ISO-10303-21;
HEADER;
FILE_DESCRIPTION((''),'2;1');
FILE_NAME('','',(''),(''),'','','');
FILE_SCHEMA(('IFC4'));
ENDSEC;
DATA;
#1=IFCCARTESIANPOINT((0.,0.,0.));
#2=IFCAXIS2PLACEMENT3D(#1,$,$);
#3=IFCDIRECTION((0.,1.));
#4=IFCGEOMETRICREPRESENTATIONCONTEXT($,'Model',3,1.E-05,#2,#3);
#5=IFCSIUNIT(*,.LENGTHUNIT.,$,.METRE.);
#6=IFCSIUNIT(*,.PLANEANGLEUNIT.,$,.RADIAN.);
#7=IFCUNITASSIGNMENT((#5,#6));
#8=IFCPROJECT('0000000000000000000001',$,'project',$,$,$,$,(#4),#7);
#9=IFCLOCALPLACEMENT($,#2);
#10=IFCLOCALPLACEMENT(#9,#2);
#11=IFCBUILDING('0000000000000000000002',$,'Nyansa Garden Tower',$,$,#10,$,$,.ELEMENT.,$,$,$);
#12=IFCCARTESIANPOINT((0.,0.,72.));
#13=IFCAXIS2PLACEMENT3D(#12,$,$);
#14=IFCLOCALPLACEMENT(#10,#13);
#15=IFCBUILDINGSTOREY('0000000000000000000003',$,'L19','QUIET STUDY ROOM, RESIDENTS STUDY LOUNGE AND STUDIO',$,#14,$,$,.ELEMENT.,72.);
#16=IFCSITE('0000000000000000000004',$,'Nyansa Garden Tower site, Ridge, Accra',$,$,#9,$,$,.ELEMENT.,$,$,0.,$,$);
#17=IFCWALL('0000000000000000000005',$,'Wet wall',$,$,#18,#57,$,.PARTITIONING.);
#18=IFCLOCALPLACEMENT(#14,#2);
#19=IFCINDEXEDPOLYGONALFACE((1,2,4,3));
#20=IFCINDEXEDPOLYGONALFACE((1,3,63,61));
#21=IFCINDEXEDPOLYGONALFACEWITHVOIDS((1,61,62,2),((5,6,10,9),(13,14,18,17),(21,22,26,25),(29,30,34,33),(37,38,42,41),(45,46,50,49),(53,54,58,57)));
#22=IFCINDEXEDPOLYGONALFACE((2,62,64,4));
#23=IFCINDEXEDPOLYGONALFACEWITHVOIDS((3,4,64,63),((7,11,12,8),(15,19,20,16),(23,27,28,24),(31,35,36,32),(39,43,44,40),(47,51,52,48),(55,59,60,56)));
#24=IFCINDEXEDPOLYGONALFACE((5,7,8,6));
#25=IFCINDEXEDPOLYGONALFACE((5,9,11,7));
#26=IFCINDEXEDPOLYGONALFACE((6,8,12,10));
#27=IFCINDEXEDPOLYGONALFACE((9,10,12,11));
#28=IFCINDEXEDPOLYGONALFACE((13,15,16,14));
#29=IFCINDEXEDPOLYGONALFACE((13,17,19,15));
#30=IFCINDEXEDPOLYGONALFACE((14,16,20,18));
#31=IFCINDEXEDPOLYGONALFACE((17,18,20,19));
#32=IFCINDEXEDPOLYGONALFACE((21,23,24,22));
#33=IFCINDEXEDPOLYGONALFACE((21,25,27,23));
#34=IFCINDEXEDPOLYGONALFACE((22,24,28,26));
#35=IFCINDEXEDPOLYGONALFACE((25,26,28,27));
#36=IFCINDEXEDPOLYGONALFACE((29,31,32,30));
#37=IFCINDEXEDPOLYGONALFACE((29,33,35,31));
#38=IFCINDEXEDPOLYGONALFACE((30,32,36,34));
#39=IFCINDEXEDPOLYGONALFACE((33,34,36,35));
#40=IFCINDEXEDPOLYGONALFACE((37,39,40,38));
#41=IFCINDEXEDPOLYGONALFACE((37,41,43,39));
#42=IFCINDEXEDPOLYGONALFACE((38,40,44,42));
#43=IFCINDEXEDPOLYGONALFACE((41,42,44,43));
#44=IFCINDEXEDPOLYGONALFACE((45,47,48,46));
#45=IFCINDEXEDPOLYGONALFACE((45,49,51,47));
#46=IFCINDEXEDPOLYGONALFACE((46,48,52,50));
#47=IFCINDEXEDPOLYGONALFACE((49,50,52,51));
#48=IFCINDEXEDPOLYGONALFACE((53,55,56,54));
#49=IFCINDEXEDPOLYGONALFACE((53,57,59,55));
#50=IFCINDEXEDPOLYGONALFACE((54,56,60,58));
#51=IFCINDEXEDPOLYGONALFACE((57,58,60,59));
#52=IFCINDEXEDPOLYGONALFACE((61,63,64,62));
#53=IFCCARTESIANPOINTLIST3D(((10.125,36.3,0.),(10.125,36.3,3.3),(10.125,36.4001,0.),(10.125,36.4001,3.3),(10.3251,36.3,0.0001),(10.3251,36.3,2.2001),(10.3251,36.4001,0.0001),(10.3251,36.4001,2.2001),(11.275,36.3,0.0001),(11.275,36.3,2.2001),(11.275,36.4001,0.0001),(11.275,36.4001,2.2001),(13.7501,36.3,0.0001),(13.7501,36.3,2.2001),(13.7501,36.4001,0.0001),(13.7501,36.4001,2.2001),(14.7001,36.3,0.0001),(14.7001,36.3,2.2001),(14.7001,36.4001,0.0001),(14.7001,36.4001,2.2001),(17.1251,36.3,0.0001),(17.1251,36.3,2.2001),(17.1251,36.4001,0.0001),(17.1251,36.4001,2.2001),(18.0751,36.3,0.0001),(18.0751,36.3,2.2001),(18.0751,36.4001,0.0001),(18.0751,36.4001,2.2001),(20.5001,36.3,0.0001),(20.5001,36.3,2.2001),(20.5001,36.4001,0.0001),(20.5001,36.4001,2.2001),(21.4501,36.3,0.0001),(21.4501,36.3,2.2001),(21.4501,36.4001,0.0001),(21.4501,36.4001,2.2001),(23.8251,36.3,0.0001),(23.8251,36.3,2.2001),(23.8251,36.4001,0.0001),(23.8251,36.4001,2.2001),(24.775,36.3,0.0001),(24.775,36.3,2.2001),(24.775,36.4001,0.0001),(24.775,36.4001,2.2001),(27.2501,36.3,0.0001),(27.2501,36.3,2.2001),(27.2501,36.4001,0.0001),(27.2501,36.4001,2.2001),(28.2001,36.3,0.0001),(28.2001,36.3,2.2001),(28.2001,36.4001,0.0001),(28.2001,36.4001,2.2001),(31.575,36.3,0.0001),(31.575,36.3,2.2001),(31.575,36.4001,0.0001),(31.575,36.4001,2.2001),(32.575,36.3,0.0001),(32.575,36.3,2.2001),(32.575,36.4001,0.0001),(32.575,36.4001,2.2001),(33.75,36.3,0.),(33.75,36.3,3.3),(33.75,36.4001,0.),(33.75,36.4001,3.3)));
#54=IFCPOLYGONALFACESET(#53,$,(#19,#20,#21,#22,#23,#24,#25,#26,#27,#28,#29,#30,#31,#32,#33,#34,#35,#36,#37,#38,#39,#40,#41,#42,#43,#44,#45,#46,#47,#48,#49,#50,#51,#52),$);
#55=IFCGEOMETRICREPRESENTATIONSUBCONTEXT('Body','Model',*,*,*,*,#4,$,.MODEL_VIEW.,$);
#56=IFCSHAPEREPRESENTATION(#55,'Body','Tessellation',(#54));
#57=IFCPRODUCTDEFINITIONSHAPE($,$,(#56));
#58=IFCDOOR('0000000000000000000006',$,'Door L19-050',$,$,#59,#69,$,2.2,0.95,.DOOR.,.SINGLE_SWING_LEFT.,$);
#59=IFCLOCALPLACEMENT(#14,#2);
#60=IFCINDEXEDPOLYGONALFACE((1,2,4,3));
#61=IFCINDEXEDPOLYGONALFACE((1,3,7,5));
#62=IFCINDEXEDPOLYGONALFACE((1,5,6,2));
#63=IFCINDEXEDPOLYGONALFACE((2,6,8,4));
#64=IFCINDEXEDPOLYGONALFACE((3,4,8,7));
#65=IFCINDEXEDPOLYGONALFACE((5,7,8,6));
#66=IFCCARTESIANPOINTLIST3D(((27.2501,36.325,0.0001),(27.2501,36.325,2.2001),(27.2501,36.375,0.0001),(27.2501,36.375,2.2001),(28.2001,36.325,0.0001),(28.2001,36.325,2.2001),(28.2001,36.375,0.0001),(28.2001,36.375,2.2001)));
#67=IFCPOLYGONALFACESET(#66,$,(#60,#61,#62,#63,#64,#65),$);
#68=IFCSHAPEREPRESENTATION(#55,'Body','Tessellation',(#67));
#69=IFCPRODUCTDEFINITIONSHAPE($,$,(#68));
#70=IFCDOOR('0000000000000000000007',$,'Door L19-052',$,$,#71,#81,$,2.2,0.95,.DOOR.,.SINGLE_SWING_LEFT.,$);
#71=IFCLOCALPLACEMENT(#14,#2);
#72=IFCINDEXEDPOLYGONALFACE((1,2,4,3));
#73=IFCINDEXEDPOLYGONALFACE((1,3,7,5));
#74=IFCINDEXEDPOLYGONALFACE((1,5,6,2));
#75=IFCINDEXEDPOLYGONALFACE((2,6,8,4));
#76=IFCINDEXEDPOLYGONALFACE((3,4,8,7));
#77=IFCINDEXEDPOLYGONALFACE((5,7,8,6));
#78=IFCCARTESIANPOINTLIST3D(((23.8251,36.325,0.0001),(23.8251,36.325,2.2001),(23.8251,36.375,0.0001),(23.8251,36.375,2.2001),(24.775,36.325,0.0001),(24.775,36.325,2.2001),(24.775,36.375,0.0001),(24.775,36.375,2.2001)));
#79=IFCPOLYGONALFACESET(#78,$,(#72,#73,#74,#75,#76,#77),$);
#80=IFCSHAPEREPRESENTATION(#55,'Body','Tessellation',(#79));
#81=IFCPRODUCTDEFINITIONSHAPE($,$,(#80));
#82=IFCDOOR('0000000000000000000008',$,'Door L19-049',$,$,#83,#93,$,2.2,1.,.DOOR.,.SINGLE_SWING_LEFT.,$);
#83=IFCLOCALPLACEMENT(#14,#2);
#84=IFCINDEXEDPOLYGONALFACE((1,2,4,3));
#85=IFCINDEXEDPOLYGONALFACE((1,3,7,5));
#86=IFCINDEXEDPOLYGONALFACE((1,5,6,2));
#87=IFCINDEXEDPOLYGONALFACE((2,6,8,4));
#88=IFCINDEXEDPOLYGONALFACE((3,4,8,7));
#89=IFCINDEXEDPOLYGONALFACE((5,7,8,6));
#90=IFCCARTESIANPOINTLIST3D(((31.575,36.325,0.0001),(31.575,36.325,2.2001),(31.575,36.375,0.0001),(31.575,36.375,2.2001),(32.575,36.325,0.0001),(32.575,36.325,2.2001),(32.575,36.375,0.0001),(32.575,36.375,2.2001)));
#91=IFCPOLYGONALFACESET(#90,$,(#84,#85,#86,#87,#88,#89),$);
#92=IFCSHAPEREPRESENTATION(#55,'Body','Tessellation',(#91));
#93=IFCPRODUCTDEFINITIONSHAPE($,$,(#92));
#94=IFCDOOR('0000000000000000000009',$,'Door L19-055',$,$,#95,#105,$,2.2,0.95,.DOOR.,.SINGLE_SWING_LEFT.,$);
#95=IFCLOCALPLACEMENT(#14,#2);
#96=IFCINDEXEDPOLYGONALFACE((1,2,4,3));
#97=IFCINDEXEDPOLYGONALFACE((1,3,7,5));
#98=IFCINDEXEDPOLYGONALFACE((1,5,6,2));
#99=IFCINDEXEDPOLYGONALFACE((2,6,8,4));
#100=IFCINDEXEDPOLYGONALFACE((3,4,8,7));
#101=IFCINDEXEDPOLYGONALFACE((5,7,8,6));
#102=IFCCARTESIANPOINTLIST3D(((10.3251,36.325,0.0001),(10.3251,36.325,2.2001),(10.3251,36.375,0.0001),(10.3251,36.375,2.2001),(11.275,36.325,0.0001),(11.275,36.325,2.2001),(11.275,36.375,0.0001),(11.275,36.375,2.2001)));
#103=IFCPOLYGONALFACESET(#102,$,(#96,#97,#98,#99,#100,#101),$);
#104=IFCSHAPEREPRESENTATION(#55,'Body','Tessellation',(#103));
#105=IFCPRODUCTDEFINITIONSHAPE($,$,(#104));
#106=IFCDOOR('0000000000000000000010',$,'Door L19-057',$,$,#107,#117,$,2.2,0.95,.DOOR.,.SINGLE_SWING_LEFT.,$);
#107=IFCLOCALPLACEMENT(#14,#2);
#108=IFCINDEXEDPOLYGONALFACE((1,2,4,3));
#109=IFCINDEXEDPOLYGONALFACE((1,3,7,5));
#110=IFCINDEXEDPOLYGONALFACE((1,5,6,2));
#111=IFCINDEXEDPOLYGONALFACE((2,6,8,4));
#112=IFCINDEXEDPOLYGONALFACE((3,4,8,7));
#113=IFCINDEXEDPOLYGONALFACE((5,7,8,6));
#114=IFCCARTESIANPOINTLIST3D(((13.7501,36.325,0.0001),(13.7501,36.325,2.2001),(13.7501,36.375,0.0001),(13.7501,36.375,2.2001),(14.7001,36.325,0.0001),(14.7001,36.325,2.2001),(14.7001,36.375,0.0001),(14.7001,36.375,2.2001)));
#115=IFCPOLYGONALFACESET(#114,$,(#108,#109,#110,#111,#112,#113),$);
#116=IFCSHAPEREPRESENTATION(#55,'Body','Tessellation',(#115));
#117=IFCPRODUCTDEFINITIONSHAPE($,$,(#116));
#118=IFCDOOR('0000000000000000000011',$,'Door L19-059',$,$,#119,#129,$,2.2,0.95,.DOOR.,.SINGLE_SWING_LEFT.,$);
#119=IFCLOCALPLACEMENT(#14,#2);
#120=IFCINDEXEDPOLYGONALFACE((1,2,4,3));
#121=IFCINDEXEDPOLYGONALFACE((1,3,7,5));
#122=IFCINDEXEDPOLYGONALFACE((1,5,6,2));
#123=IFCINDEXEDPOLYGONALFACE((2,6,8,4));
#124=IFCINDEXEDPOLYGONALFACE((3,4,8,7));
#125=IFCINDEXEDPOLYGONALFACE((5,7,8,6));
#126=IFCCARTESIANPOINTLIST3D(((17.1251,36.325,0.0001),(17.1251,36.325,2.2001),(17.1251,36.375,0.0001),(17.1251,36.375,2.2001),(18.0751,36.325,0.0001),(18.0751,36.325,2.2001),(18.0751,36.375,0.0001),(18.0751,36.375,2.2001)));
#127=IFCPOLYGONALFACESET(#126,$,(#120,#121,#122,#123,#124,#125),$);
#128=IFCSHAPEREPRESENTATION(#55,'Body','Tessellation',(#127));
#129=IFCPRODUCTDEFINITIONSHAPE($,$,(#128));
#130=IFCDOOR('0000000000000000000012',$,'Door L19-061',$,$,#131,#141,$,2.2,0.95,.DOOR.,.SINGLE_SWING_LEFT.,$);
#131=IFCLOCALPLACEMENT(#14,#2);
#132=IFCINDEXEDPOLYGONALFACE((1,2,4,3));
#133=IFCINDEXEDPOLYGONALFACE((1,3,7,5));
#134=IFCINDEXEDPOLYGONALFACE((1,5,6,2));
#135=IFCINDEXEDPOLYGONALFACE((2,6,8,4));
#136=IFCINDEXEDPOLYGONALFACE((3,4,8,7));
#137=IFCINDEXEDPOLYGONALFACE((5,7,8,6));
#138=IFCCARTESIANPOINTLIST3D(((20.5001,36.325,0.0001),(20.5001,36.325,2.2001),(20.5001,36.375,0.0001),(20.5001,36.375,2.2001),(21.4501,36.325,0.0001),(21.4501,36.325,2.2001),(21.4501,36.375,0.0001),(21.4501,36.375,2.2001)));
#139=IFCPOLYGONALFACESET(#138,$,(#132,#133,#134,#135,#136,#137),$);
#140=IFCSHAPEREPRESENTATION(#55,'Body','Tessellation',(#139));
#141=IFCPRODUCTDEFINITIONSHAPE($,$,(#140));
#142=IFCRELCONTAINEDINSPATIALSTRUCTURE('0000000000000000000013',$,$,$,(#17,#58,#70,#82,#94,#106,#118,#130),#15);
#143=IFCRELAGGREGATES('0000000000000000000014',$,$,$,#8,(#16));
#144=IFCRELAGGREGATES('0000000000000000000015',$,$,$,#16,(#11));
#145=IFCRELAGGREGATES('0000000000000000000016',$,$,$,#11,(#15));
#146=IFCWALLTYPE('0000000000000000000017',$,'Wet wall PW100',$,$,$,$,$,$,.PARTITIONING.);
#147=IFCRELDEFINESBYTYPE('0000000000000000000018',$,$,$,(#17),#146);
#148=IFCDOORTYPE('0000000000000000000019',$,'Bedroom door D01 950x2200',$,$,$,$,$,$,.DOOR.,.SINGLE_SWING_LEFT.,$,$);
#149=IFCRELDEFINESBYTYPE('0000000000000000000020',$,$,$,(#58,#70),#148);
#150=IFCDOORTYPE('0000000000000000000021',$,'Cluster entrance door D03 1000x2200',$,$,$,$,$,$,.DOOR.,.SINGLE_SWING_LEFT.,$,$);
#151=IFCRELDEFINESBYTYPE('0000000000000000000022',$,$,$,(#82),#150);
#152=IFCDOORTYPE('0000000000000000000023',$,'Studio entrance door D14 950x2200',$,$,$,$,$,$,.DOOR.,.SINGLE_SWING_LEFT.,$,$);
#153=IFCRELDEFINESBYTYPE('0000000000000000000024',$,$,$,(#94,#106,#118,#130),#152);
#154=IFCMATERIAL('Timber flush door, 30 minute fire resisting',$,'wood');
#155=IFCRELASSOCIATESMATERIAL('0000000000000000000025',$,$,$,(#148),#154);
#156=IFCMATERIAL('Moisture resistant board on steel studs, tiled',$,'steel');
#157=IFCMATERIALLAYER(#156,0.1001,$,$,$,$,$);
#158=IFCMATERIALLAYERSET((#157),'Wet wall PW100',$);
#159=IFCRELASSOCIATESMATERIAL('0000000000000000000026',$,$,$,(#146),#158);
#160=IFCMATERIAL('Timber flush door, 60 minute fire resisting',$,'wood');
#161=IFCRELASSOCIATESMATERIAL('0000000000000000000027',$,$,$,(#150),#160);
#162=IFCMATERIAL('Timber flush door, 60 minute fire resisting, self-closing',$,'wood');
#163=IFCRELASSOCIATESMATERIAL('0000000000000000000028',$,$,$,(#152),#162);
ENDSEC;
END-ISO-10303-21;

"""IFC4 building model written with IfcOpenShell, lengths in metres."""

from ifc_helpers import new_model, si_unit, direction, frame, frame_2d, origin, place, context, subcontext, project, spatial, rectangle, extrude, material, layer, layer_set, type_object, element, fill, save


model = new_model("IFC4")

# Units and contexts
model_context = context("Model", 3, precision=1e-05, world=origin(), true_north=direction((0.0, 1.0)))
body_context = subcontext(model_context, "Body", "Model", "MODEL_VIEW")
ifc_project = project(units=[si_unit("LENGTHUNIT", "METRE"), si_unit("PLANEANGLEUNIT", "RADIAN")], contexts=[model_context])

# Site, building, storey
site_placement = place(None, origin())
site = spatial("IfcSite", under=ifc_project, at=site_placement, Name="Nyansa Garden Tower site, Ridge, Accra", CompositionType="ELEMENT", RefElevation=0.0)
building_placement = place(site_placement, origin())
building = spatial("IfcBuilding", under=site, at=building_placement, Name="Nyansa Garden Tower", CompositionType="ELEMENT")
storey_placement = place(building_placement, frame((0.0, 0.0, 72.0)))
storey = spatial("IfcBuildingStorey", under=building, at=storey_placement, Name="L19", Description="QUIET STUDY ROOM, RESIDENTS STUDY LOUNGE AND STUDIO", CompositionType="ELEMENT", Elevation=72.0)

# Shared definitions
ifc_material_1 = material(Name="Timber flush door, 30 minute fire resisting", Category="wood")
door_type_1 = type_object("IfcDoorType", Name="Bedroom door D01 950x2200", OperationType="SINGLE_SWING_LEFT", PredefinedType="DOOR", material=ifc_material_1)

# Wall, openings, doors
ifc_material_2 = material(Name="Moisture resistant board on steel studs, tiled", Category="steel")
ifc_layer_1 = layer(ifc_material_2, 0.1001)
ifc_layer_set_1 = layer_set([ifc_layer_1], Name="Wet wall PW100")
wall_type_1 = type_object("IfcWallType", Name="Wet wall PW100", PredefinedType="PARTITIONING", material=ifc_layer_set_1)
wall_1_placement = place(storey_placement, frame((10.125, 36.3501, 0.0), z_axis=(0.0, 0.0, 1.0), x_axis=(1.0, 0.0, 0.0)))
wall_1 = element("IfcWall", 1, at=wall_1_placement, inside=storey, type_object=wall_type_1, Name="Wet wall", PredefinedType="PARTITIONING", context=body_context, shape_type="SweptSolid", body=[
    extrude(rectangle(XDim=23.625, YDim=0.1001, at=frame_2d((11.8125, 0.0))), origin(), (0.0, 0.0, 1.0), 3.3),
])
opening_1_placement = place(wall_1_placement, frame((21.45, 0.0, 0.0)))
opening_1 = element("IfcOpeningElement", 2, at=opening_1_placement, cuts=wall_1, PredefinedType="OPENING", context=body_context, shape_type="SweptSolid", body=[
    extrude(rectangle(XDim=1.0, YDim=2.2, at=frame_2d((0.5, 1.1001))), frame((0.0, 0.0601, 0.0), z_axis=(0.0, -1.0, 0.0), x_axis=(1.0, 0.0, 0.0)), (0.0, 0.0, 1.0), 0.1201),
])
opening_2_placement = place(wall_1_placement, frame((17.125, 0.0, 0.0)))
opening_2 = element("IfcOpeningElement", 3, at=opening_2_placement, cuts=wall_1, PredefinedType="OPENING", context=body_context, shape_type="SweptSolid", body=[
    extrude(rectangle(XDim=0.95, YDim=2.2, at=frame_2d((0.4751, 1.1001))), frame((0.0, 0.0601, 0.0), z_axis=(0.0, -1.0, 0.0), x_axis=(1.0, 0.0, 0.0)), (0.0, 0.0, 1.0), 0.1201),
])
opening_3_placement = place(wall_1_placement, frame((13.7, 0.0, 0.0)))
opening_3 = element("IfcOpeningElement", 4, at=opening_3_placement, cuts=wall_1, PredefinedType="OPENING", context=body_context, shape_type="SweptSolid", body=[
    extrude(rectangle(XDim=0.95, YDim=2.2, at=frame_2d((0.4751, 1.1001))), frame((0.0, 0.0601, 0.0), z_axis=(0.0, -1.0, 0.0), x_axis=(1.0, 0.0, 0.0)), (0.0, 0.0, 1.0), 0.1201),
])
opening_4_placement = place(wall_1_placement, frame((0.2, 0.0, 0.0)))
opening_4 = element("IfcOpeningElement", 5, at=opening_4_placement, cuts=wall_1, PredefinedType="OPENING", context=body_context, shape_type="SweptSolid", body=[
    extrude(rectangle(XDim=0.95, YDim=2.2, at=frame_2d((0.4751, 1.1001))), frame((0.0, 0.0601, 0.0), z_axis=(0.0, -1.0, 0.0), x_axis=(1.0, 0.0, 0.0)), (0.0, 0.0, 1.0), 0.1201),
])
opening_5_placement = place(wall_1_placement, frame((3.625, 0.0, 0.0)))
opening_5 = element("IfcOpeningElement", 6, at=opening_5_placement, cuts=wall_1, PredefinedType="OPENING", context=body_context, shape_type="SweptSolid", body=[
    extrude(rectangle(XDim=0.95, YDim=2.2, at=frame_2d((0.4751, 1.1001))), frame((0.0, 0.0601, 0.0), z_axis=(0.0, -1.0, 0.0), x_axis=(1.0, 0.0, 0.0)), (0.0, 0.0, 1.0), 0.1201),
])
opening_6_placement = place(wall_1_placement, frame((7.0, 0.0, 0.0)))
opening_6 = element("IfcOpeningElement", 7, at=opening_6_placement, cuts=wall_1, PredefinedType="OPENING", context=body_context, shape_type="SweptSolid", body=[
    extrude(rectangle(XDim=0.95, YDim=2.2, at=frame_2d((0.4751, 1.1001))), frame((0.0, 0.0601, 0.0), z_axis=(0.0, -1.0, 0.0), x_axis=(1.0, 0.0, 0.0)), (0.0, 0.0, 1.0), 0.1201),
])
opening_7_placement = place(wall_1_placement, frame((10.375, 0.0, 0.0)))
opening_7 = element("IfcOpeningElement", 8, at=opening_7_placement, cuts=wall_1, PredefinedType="OPENING", context=body_context, shape_type="SweptSolid", body=[
    extrude(rectangle(XDim=0.95, YDim=2.2, at=frame_2d((0.4751, 1.1001))), frame((0.0, 0.0601, 0.0), z_axis=(0.0, -1.0, 0.0), x_axis=(1.0, 0.0, 0.0)), (0.0, 0.0, 1.0), 0.1201),
])
door_1_placement = place(opening_2_placement, origin())
door_1 = element("IfcDoor", 9, at=door_1_placement, inside=storey, type_object=door_type_1, Name="Door L19-050", OperationType="SINGLE_SWING_LEFT", OverallHeight=2.2, OverallWidth=0.95, PredefinedType="DOOR", context=body_context, shape_type="SweptSolid", body=[
    extrude(rectangle(XDim=0.95, YDim=2.2, at=frame_2d((0.4751, 1.1001))), frame((0.0, 0.0249, 0.0), z_axis=(0.0, -1.0, 0.0), x_axis=(1.0, 0.0, 0.0)), (0.0, 0.0, 1.0), 0.05),
])
fill(opening_2, door_1)
door_2_placement = place(opening_3_placement, origin())
door_2 = element("IfcDoor", 10, at=door_2_placement, inside=storey, type_object=door_type_1, Name="Door L19-052", OperationType="SINGLE_SWING_LEFT", OverallHeight=2.2, OverallWidth=0.95, PredefinedType="DOOR", context=body_context, shape_type="SweptSolid", body=[
    extrude(rectangle(XDim=0.95, YDim=2.2, at=frame_2d((0.4751, 1.1001))), frame((0.0, 0.0249, 0.0), z_axis=(0.0, -1.0, 0.0), x_axis=(1.0, 0.0, 0.0)), (0.0, 0.0, 1.0), 0.05),
])
fill(opening_3, door_2)
ifc_material_3 = material(Name="Timber flush door, 60 minute fire resisting", Category="wood")
door_type_2 = type_object("IfcDoorType", Name="Cluster entrance door D03 1000x2200", OperationType="SINGLE_SWING_LEFT", PredefinedType="DOOR", material=ifc_material_3)
door_3_placement = place(opening_1_placement, origin())
door_3 = element("IfcDoor", 11, at=door_3_placement, inside=storey, type_object=door_type_2, Name="Door L19-049", OperationType="SINGLE_SWING_LEFT", OverallHeight=2.2, OverallWidth=1.0, PredefinedType="DOOR", context=body_context, shape_type="SweptSolid", body=[
    extrude(rectangle(XDim=1.0, YDim=2.2, at=frame_2d((0.5, 1.1001))), frame((0.0, 0.0249, 0.0), z_axis=(0.0, -1.0, 0.0), x_axis=(1.0, 0.0, 0.0)), (0.0, 0.0, 1.0), 0.05),
])
fill(opening_1, door_3)
ifc_material_4 = material(Name="Timber flush door, 60 minute fire resisting, self-closing", Category="wood")
door_type_3 = type_object("IfcDoorType", Name="Studio entrance door D14 950x2200", OperationType="SINGLE_SWING_LEFT", PredefinedType="DOOR", material=ifc_material_4)
door_4_placement = place(opening_4_placement, origin())
door_4 = element("IfcDoor", 12, at=door_4_placement, inside=storey, type_object=door_type_3, Name="Door L19-055", OperationType="SINGLE_SWING_LEFT", OverallHeight=2.2, OverallWidth=0.95, PredefinedType="DOOR", context=body_context, shape_type="SweptSolid", body=[
    extrude(rectangle(XDim=0.95, YDim=2.2, at=frame_2d((0.4751, 1.1001))), frame((0.0, 0.0249, 0.0), z_axis=(0.0, -1.0, 0.0), x_axis=(1.0, 0.0, 0.0)), (0.0, 0.0, 1.0), 0.05),
])
fill(opening_4, door_4)
door_5_placement = place(opening_5_placement, origin())
door_5 = element("IfcDoor", 13, at=door_5_placement, inside=storey, type_object=door_type_3, Name="Door L19-057", OperationType="SINGLE_SWING_LEFT", OverallHeight=2.2, OverallWidth=0.95, PredefinedType="DOOR", context=body_context, shape_type="SweptSolid", body=[
    extrude(rectangle(XDim=0.95, YDim=2.2, at=frame_2d((0.4751, 1.1001))), frame((0.0, 0.0249, 0.0), z_axis=(0.0, -1.0, 0.0), x_axis=(1.0, 0.0, 0.0)), (0.0, 0.0, 1.0), 0.05),
])
fill(opening_5, door_5)
door_6_placement = place(opening_6_placement, origin())
door_6 = element("IfcDoor", 14, at=door_6_placement, inside=storey, type_object=door_type_3, Name="Door L19-059", OperationType="SINGLE_SWING_LEFT", OverallHeight=2.2, OverallWidth=0.95, PredefinedType="DOOR", context=body_context, shape_type="SweptSolid", body=[
    extrude(rectangle(XDim=0.95, YDim=2.2, at=frame_2d((0.4751, 1.1001))), frame((0.0, 0.0249, 0.0), z_axis=(0.0, -1.0, 0.0), x_axis=(1.0, 0.0, 0.0)), (0.0, 0.0, 1.0), 0.05),
])
fill(opening_6, door_6)
door_7_placement = place(opening_7_placement, origin())
door_7 = element("IfcDoor", 15, at=door_7_placement, inside=storey, type_object=door_type_3, Name="Door L19-061", OperationType="SINGLE_SWING_LEFT", OverallHeight=2.2, OverallWidth=0.95, PredefinedType="DOOR", context=body_context, shape_type="SweptSolid", body=[
    extrude(rectangle(XDim=0.95, YDim=2.2, at=frame_2d((0.4751, 1.1001))), frame((0.0, 0.0249, 0.0), z_axis=(0.0, -1.0, 0.0), x_axis=(1.0, 0.0, 0.0)), (0.0, 0.0, 1.0), 0.05),
])
fill(opening_7, door_7)

save(model, "model.ifc")
